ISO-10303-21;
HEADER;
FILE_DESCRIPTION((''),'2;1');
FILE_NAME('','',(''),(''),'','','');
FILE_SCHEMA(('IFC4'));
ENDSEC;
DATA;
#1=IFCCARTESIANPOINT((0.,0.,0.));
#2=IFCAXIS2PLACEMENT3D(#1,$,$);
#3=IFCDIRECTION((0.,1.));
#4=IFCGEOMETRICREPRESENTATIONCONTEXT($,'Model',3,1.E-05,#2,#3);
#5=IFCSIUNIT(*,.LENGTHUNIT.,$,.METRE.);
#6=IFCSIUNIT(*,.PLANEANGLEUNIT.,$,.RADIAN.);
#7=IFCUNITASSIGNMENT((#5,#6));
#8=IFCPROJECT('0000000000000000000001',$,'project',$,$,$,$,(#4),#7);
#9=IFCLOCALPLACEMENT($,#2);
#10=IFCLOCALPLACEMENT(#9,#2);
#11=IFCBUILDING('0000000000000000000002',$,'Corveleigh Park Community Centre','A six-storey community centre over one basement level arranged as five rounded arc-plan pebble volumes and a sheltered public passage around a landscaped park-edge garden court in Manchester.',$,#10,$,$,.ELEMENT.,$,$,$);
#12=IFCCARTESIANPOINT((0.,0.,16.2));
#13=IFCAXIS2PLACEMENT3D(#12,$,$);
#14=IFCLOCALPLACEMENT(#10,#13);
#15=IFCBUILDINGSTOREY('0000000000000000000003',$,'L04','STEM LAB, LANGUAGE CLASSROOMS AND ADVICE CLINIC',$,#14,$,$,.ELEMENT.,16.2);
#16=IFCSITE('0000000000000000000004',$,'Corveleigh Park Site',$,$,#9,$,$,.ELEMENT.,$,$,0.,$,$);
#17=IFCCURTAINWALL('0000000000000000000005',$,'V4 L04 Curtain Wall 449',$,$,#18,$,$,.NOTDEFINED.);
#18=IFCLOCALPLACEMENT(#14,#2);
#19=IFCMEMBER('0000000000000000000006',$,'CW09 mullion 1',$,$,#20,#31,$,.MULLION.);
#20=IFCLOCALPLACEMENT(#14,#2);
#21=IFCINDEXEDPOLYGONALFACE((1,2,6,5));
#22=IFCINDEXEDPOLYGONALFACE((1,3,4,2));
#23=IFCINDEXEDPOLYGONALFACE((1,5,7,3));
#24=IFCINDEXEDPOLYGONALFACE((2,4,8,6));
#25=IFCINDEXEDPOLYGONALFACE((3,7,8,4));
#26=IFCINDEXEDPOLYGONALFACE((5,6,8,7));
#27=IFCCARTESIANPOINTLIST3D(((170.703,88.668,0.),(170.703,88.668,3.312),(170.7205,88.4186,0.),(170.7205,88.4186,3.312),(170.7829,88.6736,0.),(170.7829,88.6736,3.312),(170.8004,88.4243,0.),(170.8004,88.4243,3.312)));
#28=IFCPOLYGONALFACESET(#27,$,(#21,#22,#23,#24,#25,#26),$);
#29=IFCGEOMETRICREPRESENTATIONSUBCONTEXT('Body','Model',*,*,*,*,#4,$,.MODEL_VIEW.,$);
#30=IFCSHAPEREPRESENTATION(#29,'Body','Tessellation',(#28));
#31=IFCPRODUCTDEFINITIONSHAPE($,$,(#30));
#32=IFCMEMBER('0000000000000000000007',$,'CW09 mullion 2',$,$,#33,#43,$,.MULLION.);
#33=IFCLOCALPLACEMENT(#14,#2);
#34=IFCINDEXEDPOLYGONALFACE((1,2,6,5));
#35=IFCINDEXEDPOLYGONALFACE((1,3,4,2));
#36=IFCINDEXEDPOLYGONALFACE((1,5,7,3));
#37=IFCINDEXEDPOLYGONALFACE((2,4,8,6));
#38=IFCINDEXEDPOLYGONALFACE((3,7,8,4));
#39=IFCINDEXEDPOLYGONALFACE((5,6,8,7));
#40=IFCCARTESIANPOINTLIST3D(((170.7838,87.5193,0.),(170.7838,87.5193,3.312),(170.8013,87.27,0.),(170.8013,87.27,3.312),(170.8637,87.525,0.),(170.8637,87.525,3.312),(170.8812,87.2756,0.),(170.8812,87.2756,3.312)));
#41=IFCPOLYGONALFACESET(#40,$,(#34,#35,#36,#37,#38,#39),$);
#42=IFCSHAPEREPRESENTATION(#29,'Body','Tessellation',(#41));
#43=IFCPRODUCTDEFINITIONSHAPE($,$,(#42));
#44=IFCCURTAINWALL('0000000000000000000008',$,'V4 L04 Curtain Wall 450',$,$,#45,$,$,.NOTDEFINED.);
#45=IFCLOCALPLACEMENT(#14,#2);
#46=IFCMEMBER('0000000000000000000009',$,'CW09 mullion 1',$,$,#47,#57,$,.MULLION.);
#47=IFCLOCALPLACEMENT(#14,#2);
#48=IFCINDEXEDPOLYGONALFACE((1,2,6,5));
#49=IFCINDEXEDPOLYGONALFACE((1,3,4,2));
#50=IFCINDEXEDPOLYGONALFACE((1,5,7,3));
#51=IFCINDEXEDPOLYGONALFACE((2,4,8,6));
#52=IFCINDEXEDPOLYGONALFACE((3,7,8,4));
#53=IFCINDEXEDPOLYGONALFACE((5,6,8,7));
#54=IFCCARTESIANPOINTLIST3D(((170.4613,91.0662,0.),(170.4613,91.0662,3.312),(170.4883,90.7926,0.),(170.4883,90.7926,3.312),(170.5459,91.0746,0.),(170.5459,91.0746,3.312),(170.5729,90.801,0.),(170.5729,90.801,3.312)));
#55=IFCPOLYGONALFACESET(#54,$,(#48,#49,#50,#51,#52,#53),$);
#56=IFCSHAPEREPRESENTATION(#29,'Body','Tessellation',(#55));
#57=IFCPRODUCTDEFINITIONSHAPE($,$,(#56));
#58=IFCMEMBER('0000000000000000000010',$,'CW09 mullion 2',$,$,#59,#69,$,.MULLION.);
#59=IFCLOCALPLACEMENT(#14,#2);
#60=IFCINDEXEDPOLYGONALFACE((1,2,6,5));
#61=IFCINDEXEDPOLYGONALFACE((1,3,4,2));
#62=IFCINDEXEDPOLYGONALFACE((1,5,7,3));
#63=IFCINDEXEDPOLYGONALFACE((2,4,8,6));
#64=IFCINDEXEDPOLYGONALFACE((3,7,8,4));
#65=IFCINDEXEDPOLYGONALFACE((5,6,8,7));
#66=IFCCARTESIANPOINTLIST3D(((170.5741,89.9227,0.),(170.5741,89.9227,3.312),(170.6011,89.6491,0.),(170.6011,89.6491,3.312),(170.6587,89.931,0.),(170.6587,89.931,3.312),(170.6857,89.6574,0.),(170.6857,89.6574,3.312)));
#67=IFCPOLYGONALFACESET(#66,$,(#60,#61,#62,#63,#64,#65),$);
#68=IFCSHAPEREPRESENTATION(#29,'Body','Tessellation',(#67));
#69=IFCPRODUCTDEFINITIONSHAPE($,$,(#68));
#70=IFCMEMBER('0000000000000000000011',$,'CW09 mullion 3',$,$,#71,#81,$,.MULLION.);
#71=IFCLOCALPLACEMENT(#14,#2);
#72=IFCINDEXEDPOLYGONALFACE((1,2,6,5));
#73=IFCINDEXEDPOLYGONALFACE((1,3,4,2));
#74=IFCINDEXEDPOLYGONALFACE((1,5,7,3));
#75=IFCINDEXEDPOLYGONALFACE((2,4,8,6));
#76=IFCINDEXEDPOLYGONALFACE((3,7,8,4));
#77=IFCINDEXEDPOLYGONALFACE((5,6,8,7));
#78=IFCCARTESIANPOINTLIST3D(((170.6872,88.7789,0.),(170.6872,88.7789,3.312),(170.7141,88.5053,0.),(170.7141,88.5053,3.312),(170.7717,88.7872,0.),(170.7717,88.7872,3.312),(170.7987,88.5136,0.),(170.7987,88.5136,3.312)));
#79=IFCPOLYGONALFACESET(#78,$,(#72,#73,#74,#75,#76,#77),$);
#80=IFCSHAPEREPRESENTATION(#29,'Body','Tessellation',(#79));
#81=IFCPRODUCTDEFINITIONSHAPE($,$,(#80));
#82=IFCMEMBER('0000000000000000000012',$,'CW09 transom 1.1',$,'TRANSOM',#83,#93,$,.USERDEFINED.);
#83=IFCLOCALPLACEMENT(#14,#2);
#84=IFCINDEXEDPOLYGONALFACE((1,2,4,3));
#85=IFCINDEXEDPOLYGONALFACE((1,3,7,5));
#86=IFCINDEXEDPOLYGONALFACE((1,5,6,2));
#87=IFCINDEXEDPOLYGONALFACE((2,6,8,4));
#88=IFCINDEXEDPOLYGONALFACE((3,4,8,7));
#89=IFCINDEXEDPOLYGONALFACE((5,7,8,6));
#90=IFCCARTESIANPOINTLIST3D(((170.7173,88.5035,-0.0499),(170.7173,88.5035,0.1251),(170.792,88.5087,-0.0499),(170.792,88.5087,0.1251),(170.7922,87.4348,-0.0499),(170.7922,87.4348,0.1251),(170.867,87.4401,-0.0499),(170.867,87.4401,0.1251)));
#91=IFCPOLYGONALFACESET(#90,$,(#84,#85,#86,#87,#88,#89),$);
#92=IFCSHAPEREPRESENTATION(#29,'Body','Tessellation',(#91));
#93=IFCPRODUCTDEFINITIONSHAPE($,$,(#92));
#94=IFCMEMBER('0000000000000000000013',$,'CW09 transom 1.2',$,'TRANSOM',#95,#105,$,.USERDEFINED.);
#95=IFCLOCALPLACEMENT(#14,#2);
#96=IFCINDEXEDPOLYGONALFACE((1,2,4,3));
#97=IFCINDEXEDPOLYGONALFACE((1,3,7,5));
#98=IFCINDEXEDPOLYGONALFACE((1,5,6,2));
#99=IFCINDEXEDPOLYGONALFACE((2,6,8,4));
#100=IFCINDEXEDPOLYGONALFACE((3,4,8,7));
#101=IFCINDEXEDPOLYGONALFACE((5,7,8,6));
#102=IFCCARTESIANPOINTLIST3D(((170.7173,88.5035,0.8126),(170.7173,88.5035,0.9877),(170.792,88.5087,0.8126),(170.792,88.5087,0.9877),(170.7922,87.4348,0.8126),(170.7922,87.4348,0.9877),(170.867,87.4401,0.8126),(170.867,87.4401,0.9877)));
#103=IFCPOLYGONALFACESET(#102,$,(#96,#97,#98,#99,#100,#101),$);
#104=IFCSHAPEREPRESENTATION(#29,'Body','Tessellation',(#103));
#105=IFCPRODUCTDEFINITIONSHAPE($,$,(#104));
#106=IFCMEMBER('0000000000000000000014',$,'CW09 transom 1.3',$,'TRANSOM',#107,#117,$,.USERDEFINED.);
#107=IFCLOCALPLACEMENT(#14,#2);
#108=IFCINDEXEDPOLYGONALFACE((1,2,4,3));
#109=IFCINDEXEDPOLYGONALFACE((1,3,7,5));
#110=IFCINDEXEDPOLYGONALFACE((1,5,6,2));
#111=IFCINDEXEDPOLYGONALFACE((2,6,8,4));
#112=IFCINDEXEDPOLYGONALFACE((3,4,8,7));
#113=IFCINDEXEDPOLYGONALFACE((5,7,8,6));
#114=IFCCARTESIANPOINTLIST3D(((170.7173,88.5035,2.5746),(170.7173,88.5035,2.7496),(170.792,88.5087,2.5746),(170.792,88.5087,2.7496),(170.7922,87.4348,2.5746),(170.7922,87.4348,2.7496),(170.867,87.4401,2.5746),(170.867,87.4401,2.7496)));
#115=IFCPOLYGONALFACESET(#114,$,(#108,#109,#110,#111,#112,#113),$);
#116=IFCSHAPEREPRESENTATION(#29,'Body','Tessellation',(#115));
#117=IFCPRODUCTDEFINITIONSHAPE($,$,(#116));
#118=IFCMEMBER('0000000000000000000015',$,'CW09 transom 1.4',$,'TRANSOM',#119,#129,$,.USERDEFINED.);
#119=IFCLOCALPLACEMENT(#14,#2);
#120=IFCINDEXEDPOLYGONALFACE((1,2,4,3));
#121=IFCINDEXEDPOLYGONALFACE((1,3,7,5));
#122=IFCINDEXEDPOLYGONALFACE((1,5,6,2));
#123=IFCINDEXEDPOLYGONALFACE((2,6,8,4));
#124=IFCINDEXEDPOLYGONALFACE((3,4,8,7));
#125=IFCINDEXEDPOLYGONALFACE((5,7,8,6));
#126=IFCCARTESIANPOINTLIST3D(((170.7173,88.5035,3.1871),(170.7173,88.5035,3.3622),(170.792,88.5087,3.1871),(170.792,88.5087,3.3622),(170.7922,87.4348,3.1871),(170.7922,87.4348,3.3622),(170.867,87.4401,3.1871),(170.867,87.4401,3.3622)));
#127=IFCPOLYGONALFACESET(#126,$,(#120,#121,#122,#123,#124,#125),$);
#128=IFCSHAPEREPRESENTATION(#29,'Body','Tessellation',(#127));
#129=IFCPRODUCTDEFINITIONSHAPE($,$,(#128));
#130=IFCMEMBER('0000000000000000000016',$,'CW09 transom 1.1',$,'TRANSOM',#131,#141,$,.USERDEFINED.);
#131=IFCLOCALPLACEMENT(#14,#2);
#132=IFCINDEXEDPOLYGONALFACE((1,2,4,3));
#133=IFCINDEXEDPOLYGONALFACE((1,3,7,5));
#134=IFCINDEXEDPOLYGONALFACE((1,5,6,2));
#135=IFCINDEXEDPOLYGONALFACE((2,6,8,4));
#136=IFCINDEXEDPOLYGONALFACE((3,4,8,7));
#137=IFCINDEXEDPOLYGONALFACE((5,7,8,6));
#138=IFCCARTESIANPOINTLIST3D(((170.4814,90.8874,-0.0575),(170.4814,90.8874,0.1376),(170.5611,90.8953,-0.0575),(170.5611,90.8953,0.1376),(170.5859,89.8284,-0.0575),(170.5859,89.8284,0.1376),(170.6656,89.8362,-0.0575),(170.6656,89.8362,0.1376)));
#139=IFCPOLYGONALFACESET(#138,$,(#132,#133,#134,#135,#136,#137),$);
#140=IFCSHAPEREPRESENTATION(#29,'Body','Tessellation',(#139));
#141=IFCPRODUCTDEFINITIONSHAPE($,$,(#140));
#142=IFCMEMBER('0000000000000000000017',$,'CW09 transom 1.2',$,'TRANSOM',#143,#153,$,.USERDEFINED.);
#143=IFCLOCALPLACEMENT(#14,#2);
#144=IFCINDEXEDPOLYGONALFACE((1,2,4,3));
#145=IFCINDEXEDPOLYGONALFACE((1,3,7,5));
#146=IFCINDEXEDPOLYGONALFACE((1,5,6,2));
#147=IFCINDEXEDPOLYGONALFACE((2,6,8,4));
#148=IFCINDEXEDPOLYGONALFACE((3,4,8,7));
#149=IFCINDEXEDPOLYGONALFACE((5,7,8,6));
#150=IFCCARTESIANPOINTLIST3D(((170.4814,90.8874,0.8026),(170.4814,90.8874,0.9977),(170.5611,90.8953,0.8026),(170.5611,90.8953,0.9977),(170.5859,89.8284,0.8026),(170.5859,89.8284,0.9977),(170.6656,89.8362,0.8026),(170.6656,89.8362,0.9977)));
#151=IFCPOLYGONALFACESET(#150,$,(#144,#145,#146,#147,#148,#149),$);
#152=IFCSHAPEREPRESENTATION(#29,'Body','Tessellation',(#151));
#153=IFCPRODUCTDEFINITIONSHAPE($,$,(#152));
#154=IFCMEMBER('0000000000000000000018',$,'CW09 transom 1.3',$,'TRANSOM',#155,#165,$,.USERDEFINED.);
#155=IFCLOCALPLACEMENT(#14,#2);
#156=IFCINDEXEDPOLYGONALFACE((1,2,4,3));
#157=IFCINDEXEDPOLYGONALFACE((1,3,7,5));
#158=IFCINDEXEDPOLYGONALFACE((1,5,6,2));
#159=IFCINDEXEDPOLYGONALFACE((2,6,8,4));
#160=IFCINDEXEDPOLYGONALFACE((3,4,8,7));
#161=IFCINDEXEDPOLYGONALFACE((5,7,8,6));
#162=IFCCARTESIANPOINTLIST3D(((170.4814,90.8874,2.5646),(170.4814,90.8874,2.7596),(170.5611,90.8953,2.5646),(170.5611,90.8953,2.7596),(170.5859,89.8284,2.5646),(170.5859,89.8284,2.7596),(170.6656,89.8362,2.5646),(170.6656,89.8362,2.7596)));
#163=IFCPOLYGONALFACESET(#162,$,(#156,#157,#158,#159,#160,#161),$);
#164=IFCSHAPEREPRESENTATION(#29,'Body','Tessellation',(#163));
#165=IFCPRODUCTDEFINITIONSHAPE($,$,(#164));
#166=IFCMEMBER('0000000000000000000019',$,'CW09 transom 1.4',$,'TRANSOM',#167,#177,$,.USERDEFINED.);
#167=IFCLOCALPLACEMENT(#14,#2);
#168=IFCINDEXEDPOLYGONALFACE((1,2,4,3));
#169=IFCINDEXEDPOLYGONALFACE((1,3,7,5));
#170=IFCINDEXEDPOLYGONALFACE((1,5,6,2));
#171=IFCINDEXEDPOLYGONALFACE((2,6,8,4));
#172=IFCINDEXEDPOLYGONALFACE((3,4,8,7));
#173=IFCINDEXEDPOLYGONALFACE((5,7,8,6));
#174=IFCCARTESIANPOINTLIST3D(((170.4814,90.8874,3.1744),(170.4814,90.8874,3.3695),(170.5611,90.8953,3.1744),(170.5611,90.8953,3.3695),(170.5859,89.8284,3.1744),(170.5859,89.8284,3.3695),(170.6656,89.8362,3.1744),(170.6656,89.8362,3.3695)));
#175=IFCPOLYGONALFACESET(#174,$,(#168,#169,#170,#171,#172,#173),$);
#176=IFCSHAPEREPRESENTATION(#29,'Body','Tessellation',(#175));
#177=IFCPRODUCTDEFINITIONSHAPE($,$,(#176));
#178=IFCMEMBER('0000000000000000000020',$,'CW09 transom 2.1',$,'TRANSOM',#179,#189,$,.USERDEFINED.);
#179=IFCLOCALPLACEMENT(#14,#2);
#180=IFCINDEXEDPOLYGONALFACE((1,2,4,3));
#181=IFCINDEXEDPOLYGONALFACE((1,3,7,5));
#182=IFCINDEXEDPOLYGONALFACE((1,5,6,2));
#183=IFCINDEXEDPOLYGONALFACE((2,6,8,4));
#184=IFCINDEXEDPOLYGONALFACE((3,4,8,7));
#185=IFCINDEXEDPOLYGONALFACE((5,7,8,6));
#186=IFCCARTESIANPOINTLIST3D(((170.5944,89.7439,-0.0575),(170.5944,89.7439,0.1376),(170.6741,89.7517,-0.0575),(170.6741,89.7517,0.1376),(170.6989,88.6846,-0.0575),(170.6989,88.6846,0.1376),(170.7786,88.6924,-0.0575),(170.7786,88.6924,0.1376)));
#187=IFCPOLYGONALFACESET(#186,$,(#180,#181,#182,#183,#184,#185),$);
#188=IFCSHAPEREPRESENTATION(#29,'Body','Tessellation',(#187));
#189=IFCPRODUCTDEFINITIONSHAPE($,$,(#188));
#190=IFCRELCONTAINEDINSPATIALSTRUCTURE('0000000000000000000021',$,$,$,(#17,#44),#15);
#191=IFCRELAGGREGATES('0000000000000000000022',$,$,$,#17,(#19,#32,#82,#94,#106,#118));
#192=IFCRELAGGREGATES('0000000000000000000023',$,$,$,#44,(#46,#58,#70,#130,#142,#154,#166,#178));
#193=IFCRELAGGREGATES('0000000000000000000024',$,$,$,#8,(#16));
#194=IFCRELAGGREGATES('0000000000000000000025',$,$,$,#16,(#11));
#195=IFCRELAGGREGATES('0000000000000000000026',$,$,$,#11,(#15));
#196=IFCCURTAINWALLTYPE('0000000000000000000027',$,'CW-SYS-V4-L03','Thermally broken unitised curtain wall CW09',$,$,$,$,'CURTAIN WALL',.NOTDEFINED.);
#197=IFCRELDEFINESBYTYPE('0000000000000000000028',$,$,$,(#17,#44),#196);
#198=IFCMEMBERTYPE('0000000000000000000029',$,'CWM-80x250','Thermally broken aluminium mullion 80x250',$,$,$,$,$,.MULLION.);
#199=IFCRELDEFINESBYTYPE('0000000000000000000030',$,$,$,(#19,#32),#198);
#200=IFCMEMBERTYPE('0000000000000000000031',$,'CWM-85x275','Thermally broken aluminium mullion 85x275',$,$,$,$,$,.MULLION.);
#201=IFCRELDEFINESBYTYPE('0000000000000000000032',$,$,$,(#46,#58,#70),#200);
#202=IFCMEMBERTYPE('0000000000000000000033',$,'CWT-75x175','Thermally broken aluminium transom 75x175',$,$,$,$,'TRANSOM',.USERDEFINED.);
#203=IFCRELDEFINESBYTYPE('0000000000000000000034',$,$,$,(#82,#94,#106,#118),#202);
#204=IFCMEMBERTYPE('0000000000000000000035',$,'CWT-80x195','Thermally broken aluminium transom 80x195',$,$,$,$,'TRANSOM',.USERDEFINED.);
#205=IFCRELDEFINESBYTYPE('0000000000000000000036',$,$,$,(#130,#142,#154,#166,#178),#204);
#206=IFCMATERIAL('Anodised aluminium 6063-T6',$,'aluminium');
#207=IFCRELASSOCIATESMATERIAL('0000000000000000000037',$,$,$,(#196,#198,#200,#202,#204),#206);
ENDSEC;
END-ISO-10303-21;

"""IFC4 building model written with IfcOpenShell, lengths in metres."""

from ifc_helpers import new_model, si_unit, direction, frame, origin, origin_2d, place, context, subcontext, project, spatial, rectangle, extrude, material, material_profile, profile_set, type_object, element, aggregate, save


model = new_model("IFC4")

# Units and contexts
model_context = context("Model", 3, precision=1e-05, world=origin(), true_north=direction((0.0, 1.0)))
body_context = subcontext(model_context, "Body", "Model", "MODEL_VIEW")
ifc_project = project(units=[si_unit("LENGTHUNIT", "METRE"), si_unit("PLANEANGLEUNIT", "RADIAN")], contexts=[model_context])

# Site, building, storey
site_placement = place(None, origin())
site = spatial("IfcSite", under=ifc_project, at=site_placement, Name="Corveleigh Park Site", CompositionType="ELEMENT", RefElevation=0.0)
building_placement = place(site_placement, origin())
building = spatial("IfcBuilding", under=site, at=building_placement, Name="Corveleigh Park Community Centre", Description="A six-storey community centre over one basement level arranged as five rounded arc-plan pebble volumes and a sheltered public passage around a landscaped park-edge garden court in Manchester.", CompositionType="ELEMENT")
storey_placement = place(building_placement, frame((0.0, 0.0, 16.2)))
storey = spatial("IfcBuildingStorey", under=building, at=storey_placement, Name="L04", Description="STEM LAB, LANGUAGE CLASSROOMS AND ADVICE CLINIC", CompositionType="ELEMENT", Elevation=16.2)

# Curtain walls, members
ifc_material_1 = material(Name="Anodised aluminium 6063-T6", Category="aluminium")
curtain_wall_type = type_object("IfcCurtainWallType", Name="CW-SYS-V4-L03", Description="Thermally broken unitised curtain wall CW09", ElementType="CURTAIN WALL", PredefinedType="NOTDEFINED", material=ifc_material_1)
curtain_wall_1_placement = place(storey_placement, origin())
curtain_wall_1 = element("IfcCurtainWall", 1, at=curtain_wall_1_placement, inside=storey, type_object=curtain_wall_type, Name="V4 L04 Curtain Wall 449", PredefinedType="NOTDEFINED")
ifc_material_profile_1 = material_profile(ifc_material_1, rectangle(XDim=0.0801, YDim=0.25, at=origin_2d()), Name="ALU-M80x250", Category="aluminium")
ifc_profile_set_1 = profile_set([ifc_material_profile_1], Name="Anodised aluminium 6063-T6")
member_type_1 = type_object("IfcMemberType", Name="CWM-80x250", Description="Thermally broken aluminium mullion 80x250", PredefinedType="MULLION", material=ifc_profile_set_1)
member_1_placement = place(storey_placement, frame((170.7517, 88.5461, 0.0), z_axis=(0.0, 0.0, 1.0), x_axis=(0.997541, 0.070084, 0.0)))
member_1 = element("IfcMember", 2, at=member_1_placement, type_object=member_type_1, Name="CW09 mullion 1", PredefinedType="MULLION", context=body_context, shape_type="SweptSolid", body=[
    extrude(rectangle(XDim=0.0801, YDim=0.25, at=origin_2d()), origin(), (0.0, 0.0, 1.0), 3.312),
])
member_2_placement = place(storey_placement, frame((170.8325, 87.3975, 0.0), z_axis=(0.0, 0.0, 1.0), x_axis=(0.997541, 0.070084, 0.0)))
member_2 = element("IfcMember", 3, at=member_2_placement, type_object=member_type_1, Name="CW09 mullion 2", PredefinedType="MULLION", context=body_context, shape_type="SweptSolid", body=[
    extrude(rectangle(XDim=0.0801, YDim=0.25, at=origin_2d()), origin(), (0.0, 0.0, 1.0), 3.312),
])
curtain_wall_2_placement = place(storey_placement, origin())
curtain_wall_2 = element("IfcCurtainWall", 4, at=curtain_wall_2_placement, inside=storey, type_object=curtain_wall_type, Name="V4 L04 Curtain Wall 450", PredefinedType="NOTDEFINED")
ifc_material_profile_2 = material_profile(ifc_material_1, rectangle(XDim=0.085, YDim=0.2749, at=origin_2d()), Name="ALU-M85x275", Category="aluminium")
ifc_profile_set_2 = profile_set([ifc_material_profile_2], Name="Anodised aluminium 6063-T6")
member_type_2 = type_object("IfcMemberType", Name="CWM-85x275", Description="Thermally broken aluminium mullion 85x275", PredefinedType="MULLION", material=ifc_profile_set_2)
member_3_placement = place(storey_placement, frame((170.5171, 90.9336, 0.0), z_axis=(0.0, 0.0, 1.0), x_axis=(0.995169, 0.098174, 0.0)))
member_3 = element("IfcMember", 5, at=member_3_placement, type_object=member_type_2, Name="CW09 mullion 1", PredefinedType="MULLION", context=body_context, shape_type="SweptSolid", body=[
    extrude(rectangle(XDim=0.085, YDim=0.2749, at=origin_2d()), origin(), (0.0, 0.0, 1.0), 3.312),
])
member_4_placement = place(storey_placement, frame((170.6299, 89.79, 0.0), z_axis=(0.0, 0.0, 1.0), x_axis=(0.995169, 0.098174, 0.0)))
member_4 = element("IfcMember", 6, at=member_4_placement, type_object=member_type_2, Name="CW09 mullion 2", PredefinedType="MULLION", context=body_context, shape_type="SweptSolid", body=[
    extrude(rectangle(XDim=0.085, YDim=0.2749, at=origin_2d()), origin(), (0.0, 0.0, 1.0), 3.312),
])
member_5_placement = place(storey_placement, frame((170.7429, 88.6462, 0.0), z_axis=(0.0, 0.0, 1.0), x_axis=(0.995169, 0.098174, 0.0)))
member_5 = element("IfcMember", 7, at=member_5_placement, type_object=member_type_2, Name="CW09 mullion 3", PredefinedType="MULLION", context=body_context, shape_type="SweptSolid", body=[
    extrude(rectangle(XDim=0.085, YDim=0.2749, at=origin_2d()), origin(), (0.0, 0.0, 1.0), 3.312),
])

# Members
ifc_material_profile_3 = material_profile(ifc_material_1, rectangle(XDim=0.075, YDim=0.175, at=origin_2d()), Name="ALU-T75x175", Category="aluminium")
ifc_profile_set_3 = profile_set([ifc_material_profile_3], Name="Anodised aluminium 6063-T6")
member_type_3 = type_object("IfcMemberType", Name="CWT-75x175", Description="Thermally broken aluminium transom 75x175", ElementType="TRANSOM", PredefinedType="USERDEFINED", material=ifc_profile_set_3)
member_6_placement = place(storey_placement, frame((170.7546, 88.5061, 0.0376), z_axis=(0.069967, -0.997549, 0.0), x_axis=(0.997549, 0.069967, 0.0)))
member_6 = element("IfcMember", 8, at=member_6_placement, type_object=member_type_3, Name="CW09 transom 1.1", ObjectType="TRANSOM", PredefinedType="USERDEFINED", context=body_context, shape_type="SweptSolid", body=[
    extrude(rectangle(XDim=0.075, YDim=0.175, at=origin_2d()), origin(), (0.0, 0.0, 1.0), 1.0713),
])
member_7_placement = place(storey_placement, frame((170.7546, 88.5061, 0.9001), z_axis=(0.069967, -0.997549, 0.0), x_axis=(0.997549, 0.069967, 0.0)))
member_7 = element("IfcMember", 9, at=member_7_placement, type_object=member_type_3, Name="CW09 transom 1.2", ObjectType="TRANSOM", PredefinedType="USERDEFINED", context=body_context, shape_type="SweptSolid", body=[
    extrude(rectangle(XDim=0.075, YDim=0.175, at=origin_2d()), origin(), (0.0, 0.0, 1.0), 1.0713),
])
member_8_placement = place(storey_placement, frame((170.7546, 88.5061, 2.6621), z_axis=(0.069967, -0.997549, 0.0), x_axis=(0.997549, 0.069967, 0.0)))
member_8 = element("IfcMember", 10, at=member_8_placement, type_object=member_type_3, Name="CW09 transom 1.3", ObjectType="TRANSOM", PredefinedType="USERDEFINED", context=body_context, shape_type="SweptSolid", body=[
    extrude(rectangle(XDim=0.075, YDim=0.175, at=origin_2d()), origin(), (0.0, 0.0, 1.0), 1.0713),
])
member_9_placement = place(storey_placement, frame((170.7546, 88.5061, 3.2747), z_axis=(0.069967, -0.997549, 0.0), x_axis=(0.997549, 0.069967, 0.0)))
member_9 = element("IfcMember", 11, at=member_9_placement, type_object=member_type_3, Name="CW09 transom 1.4", ObjectType="TRANSOM", PredefinedType="USERDEFINED", context=body_context, shape_type="SweptSolid", body=[
    extrude(rectangle(XDim=0.075, YDim=0.175, at=origin_2d()), origin(), (0.0, 0.0, 1.0), 1.0713),
])
ifc_material_profile_4 = material_profile(ifc_material_1, rectangle(XDim=0.0801, YDim=0.1951, at=origin_2d()), Name="ALU-T80x195", Category="aluminium")
ifc_profile_set_4 = profile_set([ifc_material_profile_4], Name="Anodised aluminium 6063-T6")
member_type_4 = type_object("IfcMemberType", Name="CWT-80x195", Description="Thermally broken aluminium transom 80x195", ElementType="TRANSOM", PredefinedType="USERDEFINED", material=ifc_profile_set_4)
member_10_placement = place(storey_placement, frame((170.5212, 90.8914, 0.04), z_axis=(0.098186, -0.995168, 0.0), x_axis=(0.995168, 0.098186, 0.0)))
member_10 = element("IfcMember", 12, at=member_10_placement, type_object=member_type_4, Name="CW09 transom 1.1", ObjectType="TRANSOM", PredefinedType="USERDEFINED", context=body_context, shape_type="SweptSolid", body=[
    extrude(rectangle(XDim=0.0801, YDim=0.1951, at=origin_2d()), origin(), (0.0, 0.0, 1.0), 1.0642),
])
member_11_placement = place(storey_placement, frame((170.5212, 90.8914, 0.9001), z_axis=(0.098186, -0.995168, 0.0), x_axis=(0.995168, 0.098186, 0.0)))
member_11 = element("IfcMember", 13, at=member_11_placement, type_object=member_type_4, Name="CW09 transom 1.2", ObjectType="TRANSOM", PredefinedType="USERDEFINED", context=body_context, shape_type="SweptSolid", body=[
    extrude(rectangle(XDim=0.0801, YDim=0.1951, at=origin_2d()), origin(), (0.0, 0.0, 1.0), 1.0642),
])
member_12_placement = place(storey_placement, frame((170.5212, 90.8914, 2.6621), z_axis=(0.098186, -0.995168, 0.0), x_axis=(0.995168, 0.098186, 0.0)))
member_12 = element("IfcMember", 14, at=member_12_placement, type_object=member_type_4, Name="CW09 transom 1.3", ObjectType="TRANSOM", PredefinedType="USERDEFINED", context=body_context, shape_type="SweptSolid", body=[
    extrude(rectangle(XDim=0.0801, YDim=0.1951, at=origin_2d()), origin(), (0.0, 0.0, 1.0), 1.0642),
])
member_13_placement = place(storey_placement, frame((170.5212, 90.8914, 3.272), z_axis=(0.098186, -0.995168, 0.0), x_axis=(0.995168, 0.098186, 0.0)))
member_13 = element("IfcMember", 15, at=member_13_placement, type_object=member_type_4, Name="CW09 transom 1.4", ObjectType="TRANSOM", PredefinedType="USERDEFINED", context=body_context, shape_type="SweptSolid", body=[
    extrude(rectangle(XDim=0.0801, YDim=0.1951, at=origin_2d()), origin(), (0.0, 0.0, 1.0), 1.0642),
])
member_14_placement = place(storey_placement, frame((170.6343, 89.7478, 0.04), z_axis=(0.098164, -0.99517, 0.0), x_axis=(0.99517, 0.098164, 0.0)))
member_14 = element("IfcMember", 16, at=member_14_placement, type_object=member_type_4, Name="CW09 transom 2.1", ObjectType="TRANSOM", PredefinedType="USERDEFINED", context=body_context, shape_type="SweptSolid", body=[
    extrude(rectangle(XDim=0.0801, YDim=0.1951, at=origin_2d()), origin(), (0.0, 0.0, 1.0), 1.0645),
])

aggregate(curtain_wall_1, [member_1, member_2, member_6, member_7, member_8, member_9])
aggregate(curtain_wall_2, [member_3, member_4, member_5, member_10, member_11, member_12, member_13, member_14])

save(model, "model.ifc")
